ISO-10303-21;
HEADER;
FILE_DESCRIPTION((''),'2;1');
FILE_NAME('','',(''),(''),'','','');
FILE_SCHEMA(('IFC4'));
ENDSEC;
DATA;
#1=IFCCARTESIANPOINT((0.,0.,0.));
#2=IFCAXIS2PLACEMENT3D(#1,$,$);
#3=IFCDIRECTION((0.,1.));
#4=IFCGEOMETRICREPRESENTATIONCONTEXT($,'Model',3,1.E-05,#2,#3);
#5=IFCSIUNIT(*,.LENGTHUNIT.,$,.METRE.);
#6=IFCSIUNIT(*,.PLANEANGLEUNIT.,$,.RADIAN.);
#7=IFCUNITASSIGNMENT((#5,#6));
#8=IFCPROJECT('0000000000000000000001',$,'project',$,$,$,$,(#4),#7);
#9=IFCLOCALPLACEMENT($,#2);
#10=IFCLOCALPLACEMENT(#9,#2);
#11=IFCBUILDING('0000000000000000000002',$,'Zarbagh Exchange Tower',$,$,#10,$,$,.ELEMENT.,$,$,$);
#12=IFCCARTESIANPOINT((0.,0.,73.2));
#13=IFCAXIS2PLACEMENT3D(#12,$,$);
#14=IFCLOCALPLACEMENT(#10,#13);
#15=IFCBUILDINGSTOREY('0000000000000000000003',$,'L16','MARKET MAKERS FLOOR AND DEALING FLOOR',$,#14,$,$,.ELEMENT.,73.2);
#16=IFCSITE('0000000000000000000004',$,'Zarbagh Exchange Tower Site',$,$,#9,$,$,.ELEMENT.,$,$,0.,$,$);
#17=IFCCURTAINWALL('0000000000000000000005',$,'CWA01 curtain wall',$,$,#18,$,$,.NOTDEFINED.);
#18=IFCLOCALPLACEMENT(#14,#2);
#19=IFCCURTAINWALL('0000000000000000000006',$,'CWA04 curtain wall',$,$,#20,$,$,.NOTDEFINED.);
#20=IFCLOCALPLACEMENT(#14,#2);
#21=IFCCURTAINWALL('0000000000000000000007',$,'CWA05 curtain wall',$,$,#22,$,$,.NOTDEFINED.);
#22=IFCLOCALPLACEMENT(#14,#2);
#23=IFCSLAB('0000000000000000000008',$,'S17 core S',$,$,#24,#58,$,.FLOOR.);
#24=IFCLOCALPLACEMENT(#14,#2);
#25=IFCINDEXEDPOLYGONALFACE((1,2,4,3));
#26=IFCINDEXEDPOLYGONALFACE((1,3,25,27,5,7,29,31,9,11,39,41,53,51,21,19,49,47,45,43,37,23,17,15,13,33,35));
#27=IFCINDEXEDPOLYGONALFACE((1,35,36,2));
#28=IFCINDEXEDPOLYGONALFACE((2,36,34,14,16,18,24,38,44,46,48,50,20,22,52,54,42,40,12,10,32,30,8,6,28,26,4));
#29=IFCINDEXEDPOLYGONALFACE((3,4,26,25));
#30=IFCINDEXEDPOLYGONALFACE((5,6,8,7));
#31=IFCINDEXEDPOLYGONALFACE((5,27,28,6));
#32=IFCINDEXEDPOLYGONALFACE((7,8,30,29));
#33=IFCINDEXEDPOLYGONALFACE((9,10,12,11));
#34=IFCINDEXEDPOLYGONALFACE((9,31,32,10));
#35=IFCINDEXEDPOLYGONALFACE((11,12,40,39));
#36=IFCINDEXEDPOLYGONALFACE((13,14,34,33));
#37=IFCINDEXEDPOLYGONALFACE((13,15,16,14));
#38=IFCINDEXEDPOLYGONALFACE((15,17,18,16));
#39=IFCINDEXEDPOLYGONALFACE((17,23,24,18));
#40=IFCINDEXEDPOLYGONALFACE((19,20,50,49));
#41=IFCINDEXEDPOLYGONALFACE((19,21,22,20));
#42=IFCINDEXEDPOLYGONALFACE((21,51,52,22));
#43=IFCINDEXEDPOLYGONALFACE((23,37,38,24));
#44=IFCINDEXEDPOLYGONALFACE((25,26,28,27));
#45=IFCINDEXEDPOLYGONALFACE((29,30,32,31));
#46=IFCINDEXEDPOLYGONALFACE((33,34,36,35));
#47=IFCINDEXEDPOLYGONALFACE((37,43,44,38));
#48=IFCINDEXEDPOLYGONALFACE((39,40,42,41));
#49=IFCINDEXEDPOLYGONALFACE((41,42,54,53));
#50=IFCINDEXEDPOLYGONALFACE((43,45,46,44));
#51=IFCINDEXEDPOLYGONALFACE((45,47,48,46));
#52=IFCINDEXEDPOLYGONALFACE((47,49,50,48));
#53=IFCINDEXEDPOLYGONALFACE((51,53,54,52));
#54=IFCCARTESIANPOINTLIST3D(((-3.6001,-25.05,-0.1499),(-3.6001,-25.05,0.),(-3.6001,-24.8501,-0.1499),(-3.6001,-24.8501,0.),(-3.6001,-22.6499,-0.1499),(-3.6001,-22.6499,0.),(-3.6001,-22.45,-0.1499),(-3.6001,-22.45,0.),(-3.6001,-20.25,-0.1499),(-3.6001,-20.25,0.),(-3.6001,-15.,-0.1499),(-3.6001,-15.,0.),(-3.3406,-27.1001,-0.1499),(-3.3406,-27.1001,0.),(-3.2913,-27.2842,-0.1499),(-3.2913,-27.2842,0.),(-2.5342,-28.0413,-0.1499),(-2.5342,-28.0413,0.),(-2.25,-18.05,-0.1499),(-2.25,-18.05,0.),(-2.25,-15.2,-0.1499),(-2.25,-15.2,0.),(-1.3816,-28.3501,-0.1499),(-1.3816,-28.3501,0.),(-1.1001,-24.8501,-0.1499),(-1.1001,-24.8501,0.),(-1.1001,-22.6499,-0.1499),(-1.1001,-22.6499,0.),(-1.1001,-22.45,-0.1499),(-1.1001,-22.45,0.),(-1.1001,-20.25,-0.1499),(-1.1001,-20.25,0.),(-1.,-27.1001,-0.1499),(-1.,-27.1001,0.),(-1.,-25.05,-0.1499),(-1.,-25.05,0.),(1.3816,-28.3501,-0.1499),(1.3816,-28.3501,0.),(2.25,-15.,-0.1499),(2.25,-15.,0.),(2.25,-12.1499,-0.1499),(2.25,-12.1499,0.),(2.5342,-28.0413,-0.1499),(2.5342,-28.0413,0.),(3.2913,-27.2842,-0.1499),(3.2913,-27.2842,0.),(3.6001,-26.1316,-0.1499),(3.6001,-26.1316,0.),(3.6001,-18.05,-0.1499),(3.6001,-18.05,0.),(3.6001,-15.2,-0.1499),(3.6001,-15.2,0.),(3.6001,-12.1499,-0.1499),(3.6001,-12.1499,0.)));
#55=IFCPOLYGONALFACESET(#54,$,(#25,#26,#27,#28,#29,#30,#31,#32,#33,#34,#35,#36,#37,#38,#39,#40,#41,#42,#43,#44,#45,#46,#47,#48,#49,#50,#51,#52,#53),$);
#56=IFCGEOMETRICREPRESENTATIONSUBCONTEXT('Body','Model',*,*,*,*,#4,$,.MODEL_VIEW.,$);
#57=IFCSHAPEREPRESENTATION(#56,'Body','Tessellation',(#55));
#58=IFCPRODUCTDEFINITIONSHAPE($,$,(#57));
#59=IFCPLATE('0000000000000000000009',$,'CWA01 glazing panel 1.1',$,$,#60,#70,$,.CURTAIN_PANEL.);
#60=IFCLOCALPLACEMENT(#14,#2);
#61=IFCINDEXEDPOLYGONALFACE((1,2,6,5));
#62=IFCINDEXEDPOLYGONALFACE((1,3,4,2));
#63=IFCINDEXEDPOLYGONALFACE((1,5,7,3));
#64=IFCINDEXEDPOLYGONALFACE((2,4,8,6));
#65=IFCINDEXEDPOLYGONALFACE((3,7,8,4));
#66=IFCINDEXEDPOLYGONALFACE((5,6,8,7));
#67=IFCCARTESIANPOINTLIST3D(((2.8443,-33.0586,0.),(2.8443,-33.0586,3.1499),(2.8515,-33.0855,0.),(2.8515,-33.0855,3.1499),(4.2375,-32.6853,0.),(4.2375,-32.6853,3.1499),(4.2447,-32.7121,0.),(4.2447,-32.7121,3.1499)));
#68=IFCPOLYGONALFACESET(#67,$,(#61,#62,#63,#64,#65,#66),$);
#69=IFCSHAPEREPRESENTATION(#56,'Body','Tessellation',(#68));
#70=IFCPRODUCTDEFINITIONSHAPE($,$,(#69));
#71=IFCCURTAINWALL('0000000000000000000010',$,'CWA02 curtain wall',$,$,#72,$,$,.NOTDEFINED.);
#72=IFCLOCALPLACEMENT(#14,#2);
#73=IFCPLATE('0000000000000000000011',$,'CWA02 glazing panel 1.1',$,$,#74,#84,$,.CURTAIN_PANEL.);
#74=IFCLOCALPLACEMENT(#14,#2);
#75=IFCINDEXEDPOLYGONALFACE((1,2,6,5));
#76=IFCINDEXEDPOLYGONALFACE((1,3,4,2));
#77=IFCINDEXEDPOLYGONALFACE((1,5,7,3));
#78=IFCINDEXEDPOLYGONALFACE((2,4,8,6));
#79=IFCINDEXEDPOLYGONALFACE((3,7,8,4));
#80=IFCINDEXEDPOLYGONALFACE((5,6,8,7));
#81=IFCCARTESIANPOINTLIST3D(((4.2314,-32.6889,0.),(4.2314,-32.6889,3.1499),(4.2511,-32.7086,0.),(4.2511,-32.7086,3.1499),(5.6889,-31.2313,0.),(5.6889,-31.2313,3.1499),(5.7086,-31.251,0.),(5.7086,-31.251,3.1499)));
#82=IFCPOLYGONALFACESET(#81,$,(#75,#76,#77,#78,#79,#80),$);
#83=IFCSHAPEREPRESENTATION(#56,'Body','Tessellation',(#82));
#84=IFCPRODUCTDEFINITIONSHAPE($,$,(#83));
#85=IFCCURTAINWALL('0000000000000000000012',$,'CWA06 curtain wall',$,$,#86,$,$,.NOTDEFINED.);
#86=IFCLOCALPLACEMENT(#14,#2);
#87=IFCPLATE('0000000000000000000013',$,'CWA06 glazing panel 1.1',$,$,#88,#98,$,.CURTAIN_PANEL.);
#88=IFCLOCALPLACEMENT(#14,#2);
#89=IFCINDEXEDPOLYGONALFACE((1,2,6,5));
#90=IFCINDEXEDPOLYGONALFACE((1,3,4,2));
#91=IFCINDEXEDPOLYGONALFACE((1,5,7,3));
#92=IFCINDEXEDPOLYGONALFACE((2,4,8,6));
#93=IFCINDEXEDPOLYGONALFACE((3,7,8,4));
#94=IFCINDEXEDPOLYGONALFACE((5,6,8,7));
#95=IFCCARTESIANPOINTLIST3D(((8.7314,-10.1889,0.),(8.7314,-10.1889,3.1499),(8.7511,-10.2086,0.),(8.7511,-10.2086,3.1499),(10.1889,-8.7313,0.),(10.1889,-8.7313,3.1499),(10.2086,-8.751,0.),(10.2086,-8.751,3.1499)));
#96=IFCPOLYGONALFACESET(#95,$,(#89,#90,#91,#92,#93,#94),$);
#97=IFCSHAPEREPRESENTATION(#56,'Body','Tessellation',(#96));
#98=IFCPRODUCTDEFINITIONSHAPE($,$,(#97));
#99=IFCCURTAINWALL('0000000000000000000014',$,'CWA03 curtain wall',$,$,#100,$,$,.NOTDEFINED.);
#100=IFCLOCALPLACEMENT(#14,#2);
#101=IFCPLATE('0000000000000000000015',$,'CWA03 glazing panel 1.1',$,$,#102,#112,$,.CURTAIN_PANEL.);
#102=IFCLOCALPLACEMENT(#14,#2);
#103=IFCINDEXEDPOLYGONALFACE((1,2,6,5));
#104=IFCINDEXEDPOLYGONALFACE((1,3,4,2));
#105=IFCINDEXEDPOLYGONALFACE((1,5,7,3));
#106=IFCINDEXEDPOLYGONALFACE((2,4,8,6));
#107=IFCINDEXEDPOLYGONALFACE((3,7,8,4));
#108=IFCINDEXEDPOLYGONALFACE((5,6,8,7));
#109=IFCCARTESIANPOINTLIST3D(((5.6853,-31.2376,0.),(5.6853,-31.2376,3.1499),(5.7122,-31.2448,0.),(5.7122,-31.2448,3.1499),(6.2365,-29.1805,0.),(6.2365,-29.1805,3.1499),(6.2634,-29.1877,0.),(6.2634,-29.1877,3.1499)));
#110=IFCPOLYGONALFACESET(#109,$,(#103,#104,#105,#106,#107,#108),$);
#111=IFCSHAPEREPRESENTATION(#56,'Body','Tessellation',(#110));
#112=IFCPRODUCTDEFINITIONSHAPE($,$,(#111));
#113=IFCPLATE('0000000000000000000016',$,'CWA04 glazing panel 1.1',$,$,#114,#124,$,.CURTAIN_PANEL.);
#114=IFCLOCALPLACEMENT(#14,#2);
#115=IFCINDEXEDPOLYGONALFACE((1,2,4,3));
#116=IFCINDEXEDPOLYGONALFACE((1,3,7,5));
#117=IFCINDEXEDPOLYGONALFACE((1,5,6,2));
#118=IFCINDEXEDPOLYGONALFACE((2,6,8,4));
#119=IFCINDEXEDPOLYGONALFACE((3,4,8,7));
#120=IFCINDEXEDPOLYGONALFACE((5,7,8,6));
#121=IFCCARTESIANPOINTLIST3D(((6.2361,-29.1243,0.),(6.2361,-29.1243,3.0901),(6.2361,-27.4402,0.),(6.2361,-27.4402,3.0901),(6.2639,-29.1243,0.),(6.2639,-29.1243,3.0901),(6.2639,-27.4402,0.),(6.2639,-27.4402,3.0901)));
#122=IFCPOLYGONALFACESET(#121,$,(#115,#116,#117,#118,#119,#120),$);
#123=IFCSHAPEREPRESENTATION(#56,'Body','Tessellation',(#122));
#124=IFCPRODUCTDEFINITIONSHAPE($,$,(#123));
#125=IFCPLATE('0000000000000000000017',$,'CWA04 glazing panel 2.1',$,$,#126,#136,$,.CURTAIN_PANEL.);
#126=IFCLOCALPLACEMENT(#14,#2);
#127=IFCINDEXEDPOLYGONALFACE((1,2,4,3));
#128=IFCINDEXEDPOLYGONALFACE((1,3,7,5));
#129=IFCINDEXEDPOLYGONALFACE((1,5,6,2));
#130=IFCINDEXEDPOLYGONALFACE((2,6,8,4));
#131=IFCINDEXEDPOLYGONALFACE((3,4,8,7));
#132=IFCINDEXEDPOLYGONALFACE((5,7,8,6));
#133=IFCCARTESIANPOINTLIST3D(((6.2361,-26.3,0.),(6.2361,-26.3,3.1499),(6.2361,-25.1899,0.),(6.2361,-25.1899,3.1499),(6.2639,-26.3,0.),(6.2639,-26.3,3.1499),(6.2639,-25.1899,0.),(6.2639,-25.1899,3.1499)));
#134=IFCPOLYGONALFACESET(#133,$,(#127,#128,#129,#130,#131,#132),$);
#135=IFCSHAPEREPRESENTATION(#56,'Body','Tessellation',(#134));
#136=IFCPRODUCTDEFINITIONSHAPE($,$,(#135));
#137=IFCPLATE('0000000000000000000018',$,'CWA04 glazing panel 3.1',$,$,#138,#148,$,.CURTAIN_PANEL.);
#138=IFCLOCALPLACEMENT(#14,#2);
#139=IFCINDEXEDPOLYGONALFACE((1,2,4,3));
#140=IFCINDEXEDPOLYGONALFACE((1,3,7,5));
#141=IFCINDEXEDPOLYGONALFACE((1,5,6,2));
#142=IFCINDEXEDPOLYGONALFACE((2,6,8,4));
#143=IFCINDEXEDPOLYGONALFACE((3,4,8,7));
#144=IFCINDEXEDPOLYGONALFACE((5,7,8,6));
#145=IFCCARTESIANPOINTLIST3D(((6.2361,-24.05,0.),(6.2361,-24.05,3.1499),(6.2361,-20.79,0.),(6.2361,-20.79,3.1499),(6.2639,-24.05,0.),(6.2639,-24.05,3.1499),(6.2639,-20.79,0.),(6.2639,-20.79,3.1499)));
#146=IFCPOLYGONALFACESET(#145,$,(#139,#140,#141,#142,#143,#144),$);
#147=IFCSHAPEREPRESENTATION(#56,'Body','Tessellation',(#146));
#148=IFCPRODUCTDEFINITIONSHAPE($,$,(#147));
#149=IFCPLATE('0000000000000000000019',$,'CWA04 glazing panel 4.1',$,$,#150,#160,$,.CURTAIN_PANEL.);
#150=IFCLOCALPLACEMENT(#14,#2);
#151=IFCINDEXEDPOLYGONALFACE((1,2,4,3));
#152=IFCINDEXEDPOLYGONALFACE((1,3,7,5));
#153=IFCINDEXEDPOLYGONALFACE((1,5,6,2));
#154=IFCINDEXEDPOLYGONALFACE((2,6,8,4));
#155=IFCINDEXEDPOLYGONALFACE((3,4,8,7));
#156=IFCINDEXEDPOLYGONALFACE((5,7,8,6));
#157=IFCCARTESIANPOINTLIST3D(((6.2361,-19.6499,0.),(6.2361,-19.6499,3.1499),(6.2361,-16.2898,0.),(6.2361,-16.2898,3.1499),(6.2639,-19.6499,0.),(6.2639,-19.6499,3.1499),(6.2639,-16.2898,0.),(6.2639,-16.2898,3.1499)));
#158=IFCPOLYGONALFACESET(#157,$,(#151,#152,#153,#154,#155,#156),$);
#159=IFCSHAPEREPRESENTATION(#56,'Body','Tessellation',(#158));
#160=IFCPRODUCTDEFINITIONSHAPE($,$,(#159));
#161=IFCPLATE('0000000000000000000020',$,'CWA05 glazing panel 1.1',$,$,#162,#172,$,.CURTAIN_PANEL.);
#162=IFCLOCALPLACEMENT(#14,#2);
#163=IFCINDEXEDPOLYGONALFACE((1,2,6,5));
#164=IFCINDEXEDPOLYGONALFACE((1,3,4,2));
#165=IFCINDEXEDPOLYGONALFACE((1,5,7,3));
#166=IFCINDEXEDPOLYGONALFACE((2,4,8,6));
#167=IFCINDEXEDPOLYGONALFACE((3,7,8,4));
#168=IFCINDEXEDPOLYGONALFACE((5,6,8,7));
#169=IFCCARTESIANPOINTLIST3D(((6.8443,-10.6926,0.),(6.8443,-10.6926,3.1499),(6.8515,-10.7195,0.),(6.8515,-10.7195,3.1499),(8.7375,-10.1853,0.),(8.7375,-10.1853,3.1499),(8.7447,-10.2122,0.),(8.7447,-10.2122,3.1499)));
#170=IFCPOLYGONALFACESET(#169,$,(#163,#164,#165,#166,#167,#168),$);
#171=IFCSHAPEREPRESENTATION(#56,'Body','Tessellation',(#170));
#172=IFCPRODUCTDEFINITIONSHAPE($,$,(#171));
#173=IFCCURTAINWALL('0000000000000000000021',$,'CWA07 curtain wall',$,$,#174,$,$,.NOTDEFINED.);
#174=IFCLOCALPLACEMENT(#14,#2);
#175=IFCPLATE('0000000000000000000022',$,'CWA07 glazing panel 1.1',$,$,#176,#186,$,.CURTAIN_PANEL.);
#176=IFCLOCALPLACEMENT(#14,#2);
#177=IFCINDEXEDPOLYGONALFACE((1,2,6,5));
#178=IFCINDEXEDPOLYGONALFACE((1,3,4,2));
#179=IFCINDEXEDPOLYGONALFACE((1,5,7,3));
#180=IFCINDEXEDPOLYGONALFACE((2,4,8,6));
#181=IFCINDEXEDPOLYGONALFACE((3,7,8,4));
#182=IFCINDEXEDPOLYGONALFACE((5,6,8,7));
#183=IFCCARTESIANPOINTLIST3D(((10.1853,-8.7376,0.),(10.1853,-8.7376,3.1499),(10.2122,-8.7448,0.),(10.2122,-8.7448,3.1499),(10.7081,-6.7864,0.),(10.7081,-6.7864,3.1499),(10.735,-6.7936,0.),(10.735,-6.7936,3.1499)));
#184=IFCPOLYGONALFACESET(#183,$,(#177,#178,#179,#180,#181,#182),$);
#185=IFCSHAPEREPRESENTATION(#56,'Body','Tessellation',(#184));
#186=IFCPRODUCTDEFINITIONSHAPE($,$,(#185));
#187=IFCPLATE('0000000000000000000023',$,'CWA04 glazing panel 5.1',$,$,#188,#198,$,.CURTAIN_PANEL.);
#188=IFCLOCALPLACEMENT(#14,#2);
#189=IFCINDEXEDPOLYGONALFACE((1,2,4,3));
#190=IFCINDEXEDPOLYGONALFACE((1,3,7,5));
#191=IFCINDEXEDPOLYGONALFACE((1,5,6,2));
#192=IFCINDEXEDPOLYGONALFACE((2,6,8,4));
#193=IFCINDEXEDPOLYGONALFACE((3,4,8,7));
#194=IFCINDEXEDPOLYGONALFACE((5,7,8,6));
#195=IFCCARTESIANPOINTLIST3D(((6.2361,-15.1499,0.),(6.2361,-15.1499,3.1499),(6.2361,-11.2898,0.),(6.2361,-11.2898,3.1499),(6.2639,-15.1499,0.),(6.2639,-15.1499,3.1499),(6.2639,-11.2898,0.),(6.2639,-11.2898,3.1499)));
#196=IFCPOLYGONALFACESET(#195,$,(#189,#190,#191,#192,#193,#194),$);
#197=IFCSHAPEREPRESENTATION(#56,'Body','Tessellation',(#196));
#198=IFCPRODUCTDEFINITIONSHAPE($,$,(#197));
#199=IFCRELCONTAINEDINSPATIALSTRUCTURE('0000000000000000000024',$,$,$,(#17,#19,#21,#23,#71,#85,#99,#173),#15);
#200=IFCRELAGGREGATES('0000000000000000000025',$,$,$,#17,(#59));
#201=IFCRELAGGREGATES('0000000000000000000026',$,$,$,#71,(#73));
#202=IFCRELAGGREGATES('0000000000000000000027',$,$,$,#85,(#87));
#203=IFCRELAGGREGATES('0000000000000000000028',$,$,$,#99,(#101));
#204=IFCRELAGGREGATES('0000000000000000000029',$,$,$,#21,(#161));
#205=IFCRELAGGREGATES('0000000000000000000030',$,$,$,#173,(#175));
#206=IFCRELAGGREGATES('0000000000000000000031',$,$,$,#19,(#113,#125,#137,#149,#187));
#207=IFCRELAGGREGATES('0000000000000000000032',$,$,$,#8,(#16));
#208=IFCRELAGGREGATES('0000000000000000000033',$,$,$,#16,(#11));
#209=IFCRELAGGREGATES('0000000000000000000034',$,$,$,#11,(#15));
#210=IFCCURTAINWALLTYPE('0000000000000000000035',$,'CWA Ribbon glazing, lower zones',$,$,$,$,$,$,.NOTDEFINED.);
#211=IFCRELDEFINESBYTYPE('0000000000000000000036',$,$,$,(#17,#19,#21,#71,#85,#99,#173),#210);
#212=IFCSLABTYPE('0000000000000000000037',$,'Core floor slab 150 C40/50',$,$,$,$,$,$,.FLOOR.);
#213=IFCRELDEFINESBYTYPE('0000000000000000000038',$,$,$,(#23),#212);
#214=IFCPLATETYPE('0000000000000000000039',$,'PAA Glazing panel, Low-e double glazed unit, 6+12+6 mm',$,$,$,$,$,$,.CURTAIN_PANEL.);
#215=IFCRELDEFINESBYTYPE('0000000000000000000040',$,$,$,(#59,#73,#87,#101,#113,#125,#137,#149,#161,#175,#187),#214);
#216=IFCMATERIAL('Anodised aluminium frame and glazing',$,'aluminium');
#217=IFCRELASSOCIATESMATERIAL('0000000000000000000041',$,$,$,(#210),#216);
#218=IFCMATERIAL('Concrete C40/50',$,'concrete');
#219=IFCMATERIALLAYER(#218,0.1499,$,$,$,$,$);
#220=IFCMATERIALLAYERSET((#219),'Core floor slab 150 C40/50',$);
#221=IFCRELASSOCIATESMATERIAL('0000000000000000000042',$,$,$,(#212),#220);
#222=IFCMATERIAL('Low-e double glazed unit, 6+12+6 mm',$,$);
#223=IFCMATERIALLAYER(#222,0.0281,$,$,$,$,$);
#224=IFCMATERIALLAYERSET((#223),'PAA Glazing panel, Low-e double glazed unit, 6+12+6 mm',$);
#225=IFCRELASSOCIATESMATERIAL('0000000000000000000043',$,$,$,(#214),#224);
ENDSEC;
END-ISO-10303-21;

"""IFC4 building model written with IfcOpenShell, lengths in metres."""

from ifc_helpers import new_model, si_unit, direction, frame, origin, place, context, subcontext, project, spatial, polyline, outline, extrude, source, transform, mapped, material, layer, layer_set, type_object, element, aggregate, save


model = new_model("IFC4")

# Units and contexts
model_context = context("Model", 3, precision=1e-05, world=origin(), true_north=direction((0.0, 1.0)))
body_context = subcontext(model_context, "Body", "Model", "MODEL_VIEW")
ifc_project = project(units=[si_unit("LENGTHUNIT", "METRE"), si_unit("PLANEANGLEUNIT", "RADIAN")], contexts=[model_context])

# Site, building, storey
site_placement = place(None, origin())
site = spatial("IfcSite", under=ifc_project, at=site_placement, Name="Zarbagh Exchange Tower Site", CompositionType="ELEMENT", RefElevation=0.0)
building_placement = place(site_placement, origin())
building = spatial("IfcBuilding", under=site, at=building_placement, Name="Zarbagh Exchange Tower", CompositionType="ELEMENT")
storey_placement = place(building_placement, frame((0.0, 0.0, 73.2)))
storey = spatial("IfcBuildingStorey", under=building, at=storey_placement, Name="L16", Description="MARKET MAKERS FLOOR AND DEALING FLOOR", CompositionType="ELEMENT", Elevation=73.2)

# Curtain wall
ifc_material_1 = material(Name="Anodised aluminium frame and glazing", Category="aluminium")
curtain_wall_type = type_object("IfcCurtainWallType", Name="CWA Ribbon glazing, lower zones", PredefinedType="NOTDEFINED", material=ifc_material_1)
curtain_wall_1_placement = place(storey_placement, origin())
curtain_wall_1 = element("IfcCurtainWall", 1, at=curtain_wall_1_placement, inside=storey, type_object=curtain_wall_type, Name="CWA01 curtain wall", PredefinedType="NOTDEFINED")
placement = place(storey_placement, origin())

# Curtain wall
curtain_wall_2_placement = place(storey_placement, origin())
curtain_wall_2 = element("IfcCurtainWall", 2, at=curtain_wall_2_placement, inside=storey, type_object=curtain_wall_type, Name="CWA04 curtain wall", PredefinedType="NOTDEFINED")

# Curtain wall
curtain_wall_3_placement = place(storey_placement, origin())
curtain_wall_3 = element("IfcCurtainWall", 3, at=curtain_wall_3_placement, inside=storey, type_object=curtain_wall_type, Name="CWA05 curtain wall", PredefinedType="NOTDEFINED")

# Slab
ifc_material_2 = material(Name="Concrete C40/50", Category="concrete")
ifc_layer_1 = layer(ifc_material_2, 0.1499)
ifc_layer_set_1 = layer_set([ifc_layer_1], Name="Core floor slab 150 C40/50")
slab_type = type_object("IfcSlabType", Name="Core floor slab 150 C40/50", PredefinedType="FLOOR", material=ifc_layer_set_1)
slab_1_placement = place(storey_placement, frame((0.0, 0.0, -0.1499)))
element("IfcSlab", 4, at=slab_1_placement, inside=storey, type_object=slab_type, Name="S17 core S", PredefinedType="FLOOR", context=body_context, shape_type="SweptSolid", body=[
    extrude(outline(polyline([(-2.5342, -28.0413), (-3.2913, -27.2842), (-3.3406, -27.1001), (-1.0, -27.1001), (-1.0, -25.05), (-3.6001, -25.05), (-3.6001, -24.8501), (-1.1001, -24.8501), (-1.1001, -22.6499), (-3.6001, -22.6499), (-3.6001, -22.45), (-1.1001, -22.45), (-1.1001, -20.25), (-3.6001, -20.25), (-3.6001, -15.0), (2.25, -15.0), (2.25, -12.1499), (3.6001, -12.1499), (3.6001, -15.2), (-2.25, -15.2), (-2.25, -18.05), (3.6001, -18.05), (3.6001, -26.1316), (3.2913, -27.2842), (2.5342, -28.0413), (1.3816, -28.3501), (-1.3816, -28.3501), (-2.5342, -28.0413)])), origin(), (0.0, 0.0, 1.0), 0.1499),
])

# Plate
ifc_material_3 = material(Name="Low-e double glazed unit, 6+12+6 mm")
ifc_layer_2 = layer(ifc_material_3, 0.0281)
ifc_layer_set_2 = layer_set([ifc_layer_2], Name="PAA Glazing panel, Low-e double glazed unit, 6+12+6 mm")
plate_type = type_object("IfcPlateType", Name="PAA Glazing panel, Low-e double glazed unit, 6+12+6 mm", PredefinedType="CURTAIN_PANEL", material=ifc_layer_set_2)
shared_shape_1 = source(origin(), body_context, "Body", "SweptSolid", [
    extrude(outline(polyline([(0.0, -0.0139), (1.4424, -0.0139), (1.4424, 0.0139), (0.0, 0.0139), (0.0, -0.0139)])), origin(), (0.0, 0.0, 1.0), 3.1499),
])
plate_1 = element("IfcPlate", 5, at=placement, type_object=plate_type, Name="CWA01 glazing panel 1.1", PredefinedType="CURTAIN_PANEL", context=body_context, shape_type="MappedRepresentation", body=[
    mapped(shared_shape_1, transform((2.8479, -33.072, 0.0), x_axis=(0.965924, 0.258825, 0.0), y_axis=(-0.258825, 0.965924, 0.0), z_axis=(0.0, 0.0, 1.0))),
])
aggregate(curtain_wall_1, [plate_1])

# Curtain walls, plates
curtain_wall_4_placement = place(storey_placement, origin())
curtain_wall_4 = element("IfcCurtainWall", 6, at=curtain_wall_4_placement, inside=storey, type_object=curtain_wall_type, Name="CWA02 curtain wall", PredefinedType="NOTDEFINED")
shared_shape_2 = source(origin(), body_context, "Body", "SweptSolid", [
    extrude(outline(polyline([(0.0, -0.0139), (2.0613, -0.0139), (2.0613, 0.0139), (0.0, 0.0139), (0.0, -0.0139)])), origin(), (0.0, 0.0, 1.0), 3.1499),
])
plate_2 = element("IfcPlate", 7, at=placement, type_object=plate_type, Name="CWA02 glazing panel 1.1", PredefinedType="CURTAIN_PANEL", context=body_context, shape_type="MappedRepresentation", body=[
    mapped(shared_shape_2, transform((4.2412, -32.6987, 0.0), x_axis=(0.707107, 0.707107, 0.0), y_axis=(-0.707107, 0.707107, 0.0), z_axis=(0.0, 0.0, 1.0))),
])
aggregate(curtain_wall_4, [plate_2])
curtain_wall_5_placement = place(storey_placement, origin())
curtain_wall_5 = element("IfcCurtainWall", 8, at=curtain_wall_5_placement, inside=storey, type_object=curtain_wall_type, Name="CWA06 curtain wall", PredefinedType="NOTDEFINED")
plate_3 = element("IfcPlate", 9, at=placement, type_object=plate_type, Name="CWA06 glazing panel 1.1", PredefinedType="CURTAIN_PANEL", context=body_context, shape_type="MappedRepresentation", body=[
    mapped(shared_shape_2, transform((8.7412, -10.1987, 0.0), x_axis=(0.707107, 0.707107, 0.0), y_axis=(-0.707107, 0.707107, 0.0), z_axis=(0.0, 0.0, 1.0))),
])
aggregate(curtain_wall_5, [plate_3])
curtain_wall_6_placement = place(storey_placement, origin())
curtain_wall_6 = element("IfcCurtainWall", 10, at=curtain_wall_6_placement, inside=storey, type_object=curtain_wall_type, Name="CWA03 curtain wall", PredefinedType="NOTDEFINED")
shared_shape_3 = source(origin(), body_context, "Body", "SweptSolid", [
    extrude(outline(polyline([(0.0, -0.0139), (2.1296, -0.0139), (2.1296, 0.0139), (0.0, 0.0139), (0.0, -0.0139)])), origin(), (0.0, 0.0, 1.0), 3.1499),
])
plate_4 = element("IfcPlate", 11, at=placement, type_object=plate_type, Name="CWA03 glazing panel 1.1", PredefinedType="CURTAIN_PANEL", context=body_context, shape_type="MappedRepresentation", body=[
    mapped(shared_shape_3, transform((5.6987, -31.2412, 0.0), x_axis=(0.258825, 0.965924, 0.0), y_axis=(-0.965924, 0.258825, 0.0), z_axis=(0.0, 0.0, 1.0))),
])
aggregate(curtain_wall_6, [plate_4])

# Plates
shared_shape_4 = source(origin(), body_context, "Body", "SweptSolid", [
    extrude(outline(polyline([(0.0, -0.0139), (1.6841, -0.0139), (1.6841, 0.0139), (0.0, 0.0139), (0.0, -0.0139)])), origin(), (0.0, 0.0, 1.0), 3.0901),
])
plate_5 = element("IfcPlate", 12, at=placement, type_object=plate_type, Name="CWA04 glazing panel 1.1", PredefinedType="CURTAIN_PANEL", context=body_context, shape_type="MappedRepresentation", body=[
    mapped(shared_shape_4, transform((6.25, -29.1243, 0.0), x_axis=(0.0, 1.0, 0.0), y_axis=(-1.0, 0.0, 0.0), z_axis=(0.0, 0.0, 1.0))),
])
shared_shape_5 = source(origin(), body_context, "Body", "SweptSolid", [
    extrude(outline(polyline([(0.0, -0.0139), (1.1101, -0.0139), (1.1101, 0.0139), (0.0, 0.0139), (0.0, -0.0139)])), origin(), (0.0, 0.0, 1.0), 3.1499),
])
plate_6 = element("IfcPlate", 13, at=placement, type_object=plate_type, Name="CWA04 glazing panel 2.1", PredefinedType="CURTAIN_PANEL", context=body_context, shape_type="MappedRepresentation", body=[
    mapped(shared_shape_5, transform((6.25, -26.3, 0.0), x_axis=(0.0, 1.0, 0.0), y_axis=(-1.0, 0.0, 0.0), z_axis=(0.0, 0.0, 1.0))),
])
shared_shape_6 = source(origin(), body_context, "Body", "SweptSolid", [
    extrude(outline(polyline([(0.0, -0.0139), (3.26, -0.0139), (3.26, 0.0139), (0.0, 0.0139), (0.0, -0.0139)])), origin(), (0.0, 0.0, 1.0), 3.1499),
])
plate_7 = element("IfcPlate", 14, at=placement, type_object=plate_type, Name="CWA04 glazing panel 3.1", PredefinedType="CURTAIN_PANEL", context=body_context, shape_type="MappedRepresentation", body=[
    mapped(shared_shape_6, transform((6.25, -24.05, 0.0), x_axis=(0.0, 1.0, 0.0), y_axis=(-1.0, 0.0, 0.0), z_axis=(0.0, 0.0, 1.0))),
])
shared_shape_7 = source(origin(), body_context, "Body", "SweptSolid", [
    extrude(outline(polyline([(0.0, -0.0139), (3.3601, -0.0139), (3.3601, 0.0139), (0.0, 0.0139), (0.0, -0.0139)])), origin(), (0.0, 0.0, 1.0), 3.1499),
])
plate_8 = element("IfcPlate", 15, at=placement, type_object=plate_type, Name="CWA04 glazing panel 4.1", PredefinedType="CURTAIN_PANEL", context=body_context, shape_type="MappedRepresentation", body=[
    mapped(shared_shape_7, transform((6.25, -19.6499, 0.0), x_axis=(0.0, 1.0, 0.0), y_axis=(-1.0, 0.0, 0.0), z_axis=(0.0, 0.0, 1.0))),
])
shared_shape_8 = source(origin(), body_context, "Body", "SweptSolid", [
    extrude(outline(polyline([(0.0, -0.0139), (1.96, -0.0139), (1.96, 0.0139), (0.0, 0.0139), (0.0, -0.0139)])), origin(), (0.0, 0.0, 1.0), 3.1499),
])
plate_9 = element("IfcPlate", 16, at=placement, type_object=plate_type, Name="CWA05 glazing panel 1.1", PredefinedType="CURTAIN_PANEL", context=body_context, shape_type="MappedRepresentation", body=[
    mapped(shared_shape_8, transform((6.8479, -10.7061, 0.0), x_axis=(0.965924, 0.258825, 0.0), y_axis=(-0.258825, 0.965924, 0.0), z_axis=(0.0, 0.0, 1.0))),
])
aggregate(curtain_wall_3, [plate_9])

# Curtain wall, plate
curtain_wall_7_placement = place(storey_placement, origin())
curtain_wall_7 = element("IfcCurtainWall", 17, at=curtain_wall_7_placement, inside=storey, type_object=curtain_wall_type, Name="CWA07 curtain wall", PredefinedType="NOTDEFINED")
shared_shape_9 = source(origin(), body_context, "Body", "SweptSolid", [
    extrude(outline(polyline([(0.0, -0.0139), (2.02, -0.0139), (2.02, 0.0139), (0.0, 0.0139), (0.0, -0.0139)])), origin(), (0.0, 0.0, 1.0), 3.1499),
])
plate_10 = element("IfcPlate", 18, at=placement, type_object=plate_type, Name="CWA07 glazing panel 1.1", PredefinedType="CURTAIN_PANEL", context=body_context, shape_type="MappedRepresentation", body=[
    mapped(shared_shape_9, transform((10.1987, -8.7412, 0.0), x_axis=(0.258825, 0.965924, 0.0), y_axis=(-0.965924, 0.258825, 0.0), z_axis=(0.0, 0.0, 1.0))),
])
aggregate(curtain_wall_7, [plate_10])

# Plate
shared_shape_10 = source(origin(), body_context, "Body", "SweptSolid", [
    extrude(outline(polyline([(0.0, -0.0139), (3.8601, -0.0139), (3.8601, 0.0139), (0.0, 0.0139), (0.0, -0.0139)])), origin(), (0.0, 0.0, 1.0), 3.1499),
])
plate_11 = element("IfcPlate", 19, at=placement, type_object=plate_type, Name="CWA04 glazing panel 5.1", PredefinedType="CURTAIN_PANEL", context=body_context, shape_type="MappedRepresentation", body=[
    mapped(shared_shape_10, transform((6.25, -15.1499, 0.0), x_axis=(0.0, 1.0, 0.0), y_axis=(-1.0, 0.0, 0.0), z_axis=(0.0, 0.0, 1.0))),
])
aggregate(curtain_wall_2, [plate_5, plate_6, plate_7, plate_8, plate_11])

save(model, "model.ifc")
